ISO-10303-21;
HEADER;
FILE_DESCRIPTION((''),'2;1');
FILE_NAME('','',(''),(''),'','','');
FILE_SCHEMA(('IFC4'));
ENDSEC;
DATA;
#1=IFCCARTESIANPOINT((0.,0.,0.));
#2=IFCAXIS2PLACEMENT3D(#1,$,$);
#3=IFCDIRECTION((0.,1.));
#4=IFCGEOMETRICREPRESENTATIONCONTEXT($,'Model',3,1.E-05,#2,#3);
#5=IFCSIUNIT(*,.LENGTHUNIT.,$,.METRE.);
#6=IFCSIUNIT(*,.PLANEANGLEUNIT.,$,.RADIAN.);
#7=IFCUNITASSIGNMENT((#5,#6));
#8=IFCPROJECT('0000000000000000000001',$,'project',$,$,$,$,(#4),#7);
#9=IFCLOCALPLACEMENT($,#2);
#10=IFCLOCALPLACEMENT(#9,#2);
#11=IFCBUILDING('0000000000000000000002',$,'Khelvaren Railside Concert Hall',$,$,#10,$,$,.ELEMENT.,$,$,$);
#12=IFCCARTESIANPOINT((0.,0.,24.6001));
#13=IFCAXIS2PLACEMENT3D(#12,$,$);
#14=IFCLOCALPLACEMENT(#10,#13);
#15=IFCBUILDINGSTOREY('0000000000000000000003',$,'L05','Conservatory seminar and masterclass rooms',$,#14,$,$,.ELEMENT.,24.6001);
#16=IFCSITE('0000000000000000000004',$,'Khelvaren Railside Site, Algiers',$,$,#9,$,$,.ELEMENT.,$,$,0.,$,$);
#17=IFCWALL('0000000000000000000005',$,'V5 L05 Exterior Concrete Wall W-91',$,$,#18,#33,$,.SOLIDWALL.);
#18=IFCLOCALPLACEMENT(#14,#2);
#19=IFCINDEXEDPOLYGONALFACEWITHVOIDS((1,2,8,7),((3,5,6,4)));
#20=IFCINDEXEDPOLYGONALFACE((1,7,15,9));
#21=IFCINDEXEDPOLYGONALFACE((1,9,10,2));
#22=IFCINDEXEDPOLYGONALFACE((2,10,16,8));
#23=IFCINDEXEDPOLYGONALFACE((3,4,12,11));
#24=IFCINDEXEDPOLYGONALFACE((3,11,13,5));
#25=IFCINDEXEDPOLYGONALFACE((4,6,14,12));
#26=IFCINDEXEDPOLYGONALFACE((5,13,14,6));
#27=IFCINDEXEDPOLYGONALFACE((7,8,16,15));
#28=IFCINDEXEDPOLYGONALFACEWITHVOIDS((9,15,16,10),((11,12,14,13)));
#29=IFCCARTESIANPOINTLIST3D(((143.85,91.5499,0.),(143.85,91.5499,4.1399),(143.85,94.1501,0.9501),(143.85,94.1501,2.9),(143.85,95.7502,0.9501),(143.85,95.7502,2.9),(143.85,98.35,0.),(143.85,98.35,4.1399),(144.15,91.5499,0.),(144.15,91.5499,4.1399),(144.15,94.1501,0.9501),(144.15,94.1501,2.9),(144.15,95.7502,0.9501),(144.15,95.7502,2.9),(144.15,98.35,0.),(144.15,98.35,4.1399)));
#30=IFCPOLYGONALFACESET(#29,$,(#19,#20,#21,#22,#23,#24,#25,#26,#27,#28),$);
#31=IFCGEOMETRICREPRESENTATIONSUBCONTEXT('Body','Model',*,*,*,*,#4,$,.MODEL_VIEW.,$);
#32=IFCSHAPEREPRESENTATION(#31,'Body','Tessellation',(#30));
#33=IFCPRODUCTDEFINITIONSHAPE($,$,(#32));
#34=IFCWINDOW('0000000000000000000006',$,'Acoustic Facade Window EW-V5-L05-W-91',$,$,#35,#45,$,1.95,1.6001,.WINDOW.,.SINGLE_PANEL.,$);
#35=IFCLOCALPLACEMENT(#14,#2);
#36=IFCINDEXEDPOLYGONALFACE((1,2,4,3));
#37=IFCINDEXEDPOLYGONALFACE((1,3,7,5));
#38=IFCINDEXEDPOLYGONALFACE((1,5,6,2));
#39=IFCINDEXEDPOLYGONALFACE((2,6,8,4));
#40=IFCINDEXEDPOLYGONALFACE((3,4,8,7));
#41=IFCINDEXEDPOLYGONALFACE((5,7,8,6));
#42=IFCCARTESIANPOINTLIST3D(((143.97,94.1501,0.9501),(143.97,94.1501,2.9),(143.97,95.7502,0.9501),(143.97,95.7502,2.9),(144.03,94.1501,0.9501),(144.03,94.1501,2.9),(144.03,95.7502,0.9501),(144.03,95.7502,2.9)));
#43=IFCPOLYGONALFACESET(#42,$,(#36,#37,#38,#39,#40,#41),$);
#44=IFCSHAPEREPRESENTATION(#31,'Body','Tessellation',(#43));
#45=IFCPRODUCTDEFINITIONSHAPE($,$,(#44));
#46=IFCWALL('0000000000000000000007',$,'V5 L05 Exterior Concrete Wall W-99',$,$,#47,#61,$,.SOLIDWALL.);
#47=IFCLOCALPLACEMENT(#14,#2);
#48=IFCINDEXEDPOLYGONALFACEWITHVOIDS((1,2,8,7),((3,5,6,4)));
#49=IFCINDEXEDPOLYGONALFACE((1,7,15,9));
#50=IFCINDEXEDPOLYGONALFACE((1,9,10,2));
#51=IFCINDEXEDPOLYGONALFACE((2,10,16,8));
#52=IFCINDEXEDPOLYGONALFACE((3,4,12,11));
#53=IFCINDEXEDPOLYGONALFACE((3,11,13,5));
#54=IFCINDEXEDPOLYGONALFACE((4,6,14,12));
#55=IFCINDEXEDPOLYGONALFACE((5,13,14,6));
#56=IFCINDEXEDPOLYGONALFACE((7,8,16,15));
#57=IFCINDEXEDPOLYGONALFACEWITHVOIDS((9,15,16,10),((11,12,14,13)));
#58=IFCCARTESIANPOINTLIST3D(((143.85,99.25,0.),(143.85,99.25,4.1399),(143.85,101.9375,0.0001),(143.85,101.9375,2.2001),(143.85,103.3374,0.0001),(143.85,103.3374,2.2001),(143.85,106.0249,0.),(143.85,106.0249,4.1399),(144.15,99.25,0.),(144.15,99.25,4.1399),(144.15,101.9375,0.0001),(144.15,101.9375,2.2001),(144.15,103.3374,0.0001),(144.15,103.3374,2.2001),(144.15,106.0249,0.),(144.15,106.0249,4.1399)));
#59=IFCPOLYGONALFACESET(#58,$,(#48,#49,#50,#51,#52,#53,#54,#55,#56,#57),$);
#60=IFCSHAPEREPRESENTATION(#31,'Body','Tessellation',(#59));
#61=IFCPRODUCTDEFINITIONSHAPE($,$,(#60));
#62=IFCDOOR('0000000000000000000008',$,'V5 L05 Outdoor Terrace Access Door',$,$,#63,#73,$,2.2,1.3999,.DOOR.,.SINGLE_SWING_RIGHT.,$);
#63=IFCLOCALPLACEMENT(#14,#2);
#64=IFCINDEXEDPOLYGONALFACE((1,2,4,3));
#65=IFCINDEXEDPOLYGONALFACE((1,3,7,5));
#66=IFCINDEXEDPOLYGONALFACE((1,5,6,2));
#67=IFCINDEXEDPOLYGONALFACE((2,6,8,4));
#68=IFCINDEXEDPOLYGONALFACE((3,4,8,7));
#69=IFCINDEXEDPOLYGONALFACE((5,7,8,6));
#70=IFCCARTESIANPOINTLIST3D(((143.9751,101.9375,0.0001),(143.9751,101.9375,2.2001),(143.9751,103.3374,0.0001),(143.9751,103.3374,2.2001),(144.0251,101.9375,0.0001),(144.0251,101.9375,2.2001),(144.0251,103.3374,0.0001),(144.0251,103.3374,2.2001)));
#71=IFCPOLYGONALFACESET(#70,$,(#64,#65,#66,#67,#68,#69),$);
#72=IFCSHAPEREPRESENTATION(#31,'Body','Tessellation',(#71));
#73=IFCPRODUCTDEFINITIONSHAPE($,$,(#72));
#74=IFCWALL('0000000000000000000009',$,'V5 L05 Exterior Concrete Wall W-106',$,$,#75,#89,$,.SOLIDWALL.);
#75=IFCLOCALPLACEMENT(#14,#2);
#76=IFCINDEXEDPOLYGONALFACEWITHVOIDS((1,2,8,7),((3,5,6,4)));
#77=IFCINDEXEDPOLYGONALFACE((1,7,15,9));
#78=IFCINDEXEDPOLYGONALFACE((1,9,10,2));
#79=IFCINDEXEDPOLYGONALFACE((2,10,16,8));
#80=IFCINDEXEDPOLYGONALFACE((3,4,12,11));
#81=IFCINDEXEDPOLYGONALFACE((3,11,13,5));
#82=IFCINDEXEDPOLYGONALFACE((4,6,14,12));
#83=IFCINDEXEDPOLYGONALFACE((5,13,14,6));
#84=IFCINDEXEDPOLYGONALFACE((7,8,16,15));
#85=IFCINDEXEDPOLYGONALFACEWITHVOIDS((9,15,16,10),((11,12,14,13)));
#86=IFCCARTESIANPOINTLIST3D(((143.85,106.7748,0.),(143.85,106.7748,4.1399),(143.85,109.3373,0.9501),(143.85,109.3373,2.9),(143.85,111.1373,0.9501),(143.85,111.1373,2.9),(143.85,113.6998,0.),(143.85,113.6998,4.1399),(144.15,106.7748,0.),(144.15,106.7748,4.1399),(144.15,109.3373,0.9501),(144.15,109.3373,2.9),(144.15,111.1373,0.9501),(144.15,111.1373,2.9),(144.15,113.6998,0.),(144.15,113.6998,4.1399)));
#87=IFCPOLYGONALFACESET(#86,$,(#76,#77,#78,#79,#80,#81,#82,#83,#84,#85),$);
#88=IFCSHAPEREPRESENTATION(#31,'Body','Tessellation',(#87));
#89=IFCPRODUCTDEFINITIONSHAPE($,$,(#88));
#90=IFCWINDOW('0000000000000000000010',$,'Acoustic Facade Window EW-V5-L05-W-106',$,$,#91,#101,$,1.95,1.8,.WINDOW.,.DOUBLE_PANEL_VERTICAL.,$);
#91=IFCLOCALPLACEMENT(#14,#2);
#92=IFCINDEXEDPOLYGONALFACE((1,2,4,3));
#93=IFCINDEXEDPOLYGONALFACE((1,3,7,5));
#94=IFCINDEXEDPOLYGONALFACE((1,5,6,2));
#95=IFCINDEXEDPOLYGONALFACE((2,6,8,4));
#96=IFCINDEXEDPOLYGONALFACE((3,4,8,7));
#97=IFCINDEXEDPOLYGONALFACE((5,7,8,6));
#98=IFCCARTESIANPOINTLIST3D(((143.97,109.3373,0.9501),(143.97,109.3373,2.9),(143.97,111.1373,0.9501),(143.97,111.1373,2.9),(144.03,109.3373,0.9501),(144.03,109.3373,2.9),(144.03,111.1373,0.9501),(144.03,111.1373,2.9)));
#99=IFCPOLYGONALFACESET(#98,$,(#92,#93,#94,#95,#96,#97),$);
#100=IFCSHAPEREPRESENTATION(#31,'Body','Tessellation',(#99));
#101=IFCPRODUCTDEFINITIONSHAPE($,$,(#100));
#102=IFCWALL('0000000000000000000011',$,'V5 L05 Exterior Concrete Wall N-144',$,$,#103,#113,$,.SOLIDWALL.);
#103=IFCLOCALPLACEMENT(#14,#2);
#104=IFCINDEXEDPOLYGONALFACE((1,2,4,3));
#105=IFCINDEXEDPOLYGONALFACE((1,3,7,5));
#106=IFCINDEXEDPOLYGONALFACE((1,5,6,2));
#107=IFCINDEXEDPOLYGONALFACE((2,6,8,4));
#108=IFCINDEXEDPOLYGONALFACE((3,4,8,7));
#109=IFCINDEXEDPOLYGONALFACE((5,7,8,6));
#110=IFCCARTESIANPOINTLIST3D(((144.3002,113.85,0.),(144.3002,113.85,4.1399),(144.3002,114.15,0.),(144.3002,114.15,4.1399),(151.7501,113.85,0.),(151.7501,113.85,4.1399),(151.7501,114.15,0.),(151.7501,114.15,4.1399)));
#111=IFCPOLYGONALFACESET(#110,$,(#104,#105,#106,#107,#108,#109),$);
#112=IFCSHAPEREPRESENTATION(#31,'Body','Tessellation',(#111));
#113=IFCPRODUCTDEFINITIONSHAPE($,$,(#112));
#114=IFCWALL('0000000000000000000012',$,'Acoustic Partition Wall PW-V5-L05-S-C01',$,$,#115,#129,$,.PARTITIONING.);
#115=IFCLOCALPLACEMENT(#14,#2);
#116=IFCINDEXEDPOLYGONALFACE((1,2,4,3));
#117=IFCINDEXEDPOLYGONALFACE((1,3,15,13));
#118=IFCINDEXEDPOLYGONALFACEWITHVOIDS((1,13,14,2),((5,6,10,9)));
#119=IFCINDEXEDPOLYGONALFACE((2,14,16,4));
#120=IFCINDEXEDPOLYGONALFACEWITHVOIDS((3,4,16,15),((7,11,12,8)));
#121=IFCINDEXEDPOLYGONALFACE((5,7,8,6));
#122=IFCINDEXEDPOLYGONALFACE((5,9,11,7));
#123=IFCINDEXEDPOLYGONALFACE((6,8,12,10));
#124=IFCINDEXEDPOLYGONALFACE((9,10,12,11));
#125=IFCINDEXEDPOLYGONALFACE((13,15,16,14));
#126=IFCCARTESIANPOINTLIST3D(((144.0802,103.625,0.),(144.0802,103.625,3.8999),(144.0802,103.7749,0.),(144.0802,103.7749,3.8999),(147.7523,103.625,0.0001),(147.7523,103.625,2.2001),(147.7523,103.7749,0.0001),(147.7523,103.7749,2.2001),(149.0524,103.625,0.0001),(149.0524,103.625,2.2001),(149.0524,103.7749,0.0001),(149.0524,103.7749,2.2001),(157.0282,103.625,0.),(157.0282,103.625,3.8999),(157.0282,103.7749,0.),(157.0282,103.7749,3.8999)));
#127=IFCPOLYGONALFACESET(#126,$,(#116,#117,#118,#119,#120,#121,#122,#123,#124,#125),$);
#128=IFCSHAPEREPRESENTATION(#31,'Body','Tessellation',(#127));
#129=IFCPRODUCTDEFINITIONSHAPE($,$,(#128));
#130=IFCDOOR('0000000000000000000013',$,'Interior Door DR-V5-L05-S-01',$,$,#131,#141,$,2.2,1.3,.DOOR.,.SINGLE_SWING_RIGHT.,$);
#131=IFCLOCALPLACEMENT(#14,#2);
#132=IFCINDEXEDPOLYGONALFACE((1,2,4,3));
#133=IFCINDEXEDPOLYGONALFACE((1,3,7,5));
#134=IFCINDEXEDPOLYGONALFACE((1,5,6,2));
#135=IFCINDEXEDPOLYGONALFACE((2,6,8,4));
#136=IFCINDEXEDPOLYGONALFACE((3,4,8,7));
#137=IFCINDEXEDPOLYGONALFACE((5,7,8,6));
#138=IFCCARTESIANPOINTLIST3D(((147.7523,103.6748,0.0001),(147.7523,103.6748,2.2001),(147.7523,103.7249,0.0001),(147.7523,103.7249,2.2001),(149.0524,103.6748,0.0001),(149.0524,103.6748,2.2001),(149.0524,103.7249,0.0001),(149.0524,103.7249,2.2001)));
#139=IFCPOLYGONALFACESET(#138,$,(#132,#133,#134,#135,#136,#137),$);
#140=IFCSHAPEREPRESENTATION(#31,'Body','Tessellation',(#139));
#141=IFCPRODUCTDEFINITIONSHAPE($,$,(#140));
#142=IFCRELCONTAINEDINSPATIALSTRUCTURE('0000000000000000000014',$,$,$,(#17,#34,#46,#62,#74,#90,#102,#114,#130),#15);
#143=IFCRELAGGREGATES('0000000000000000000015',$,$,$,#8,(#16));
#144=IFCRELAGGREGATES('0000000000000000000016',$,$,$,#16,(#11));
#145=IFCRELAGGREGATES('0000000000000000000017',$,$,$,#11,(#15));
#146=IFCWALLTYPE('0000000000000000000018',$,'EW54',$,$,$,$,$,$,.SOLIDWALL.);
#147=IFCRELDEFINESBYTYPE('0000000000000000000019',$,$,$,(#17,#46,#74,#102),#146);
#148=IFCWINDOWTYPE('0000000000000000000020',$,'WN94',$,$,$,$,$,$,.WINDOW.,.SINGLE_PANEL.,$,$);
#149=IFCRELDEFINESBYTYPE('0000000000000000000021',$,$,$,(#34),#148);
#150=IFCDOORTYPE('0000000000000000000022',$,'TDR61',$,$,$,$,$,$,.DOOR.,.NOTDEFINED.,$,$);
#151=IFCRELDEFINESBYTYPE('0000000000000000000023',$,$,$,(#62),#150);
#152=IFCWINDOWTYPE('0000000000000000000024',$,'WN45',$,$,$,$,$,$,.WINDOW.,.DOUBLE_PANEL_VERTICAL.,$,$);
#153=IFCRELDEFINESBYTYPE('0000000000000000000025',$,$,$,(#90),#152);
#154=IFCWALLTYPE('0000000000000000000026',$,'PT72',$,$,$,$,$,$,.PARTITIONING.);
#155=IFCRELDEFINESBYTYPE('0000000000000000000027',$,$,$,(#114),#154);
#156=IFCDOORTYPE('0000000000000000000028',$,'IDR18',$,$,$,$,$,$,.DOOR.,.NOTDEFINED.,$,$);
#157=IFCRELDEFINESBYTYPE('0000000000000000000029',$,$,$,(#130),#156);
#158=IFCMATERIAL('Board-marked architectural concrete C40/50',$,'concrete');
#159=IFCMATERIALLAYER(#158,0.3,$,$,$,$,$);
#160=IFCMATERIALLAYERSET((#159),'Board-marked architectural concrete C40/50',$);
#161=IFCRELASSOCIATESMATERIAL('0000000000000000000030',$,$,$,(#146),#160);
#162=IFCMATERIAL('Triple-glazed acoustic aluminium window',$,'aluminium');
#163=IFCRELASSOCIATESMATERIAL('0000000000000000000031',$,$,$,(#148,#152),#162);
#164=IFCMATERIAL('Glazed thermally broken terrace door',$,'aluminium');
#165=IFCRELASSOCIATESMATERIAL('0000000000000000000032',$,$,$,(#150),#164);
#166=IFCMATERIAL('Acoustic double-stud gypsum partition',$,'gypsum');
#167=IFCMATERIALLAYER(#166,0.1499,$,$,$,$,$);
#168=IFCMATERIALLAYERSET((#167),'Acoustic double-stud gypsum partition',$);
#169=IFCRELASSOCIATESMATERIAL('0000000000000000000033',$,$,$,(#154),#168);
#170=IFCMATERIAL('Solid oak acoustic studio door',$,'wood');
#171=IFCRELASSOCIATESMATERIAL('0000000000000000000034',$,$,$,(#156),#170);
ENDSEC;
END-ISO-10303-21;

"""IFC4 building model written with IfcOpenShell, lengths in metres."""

from ifc_helpers import new_model, si_unit, direction, frame, frame_2d, origin, place, context, subcontext, project, spatial, rectangle, extrude, material, layer, layer_set, type_object, element, fill, save


model = new_model("IFC4")

# Units and contexts
model_context = context("Model", 3, precision=1e-05, world=origin(), true_north=direction((0.0, 1.0)))
body_context = subcontext(model_context, "Body", "Model", "MODEL_VIEW")
ifc_project = project(units=[si_unit("LENGTHUNIT", "METRE"), si_unit("PLANEANGLEUNIT", "RADIAN")], contexts=[model_context])

# Site, building, storey
site_placement = place(None, origin())
site = spatial("IfcSite", under=ifc_project, at=site_placement, Name="Khelvaren Railside Site, Algiers", CompositionType="ELEMENT", RefElevation=0.0)
building_placement = place(site_placement, origin())
building = spatial("IfcBuilding", under=site, at=building_placement, Name="Khelvaren Railside Concert Hall", CompositionType="ELEMENT")
storey_placement = place(building_placement, frame((0.0, 0.0, 24.6001)))
storey = spatial("IfcBuildingStorey", under=building, at=storey_placement, Name="L05", Description="Conservatory seminar and masterclass rooms", CompositionType="ELEMENT", Elevation=24.6001)

# Wall, opening, window
ifc_material_1 = material(Name="Board-marked architectural concrete C40/50", Category="concrete")
ifc_layer_1 = layer(ifc_material_1, 0.3)
ifc_layer_set_1 = layer_set([ifc_layer_1], Name="Board-marked architectural concrete C40/50")
wall_type_1 = type_object("IfcWallType", Name="EW54", PredefinedType="SOLIDWALL", material=ifc_layer_set_1)
wall_1_placement = place(storey_placement, frame((144.0, 91.55, 0.0), z_axis=(0.0, 0.0, 1.0), x_axis=(0.0, 1.0, 0.0)))
wall_1 = element("IfcWall", 1, at=wall_1_placement, inside=storey, type_object=wall_type_1, Name="V5 L05 Exterior Concrete Wall W-91", PredefinedType="SOLIDWALL", context=body_context, shape_type="SweptSolid", body=[
    extrude(rectangle(XDim=6.8, YDim=0.3, at=frame_2d((3.3999, 0.0))), origin(), (0.0, 0.0, 1.0), 4.1399),
])
opening_1_placement = place(wall_1_placement, frame((2.6001, 0.0, 0.95)))
opening_1 = element("IfcOpeningElement", 2, at=opening_1_placement, cuts=wall_1, PredefinedType="OPENING", context=body_context, shape_type="SweptSolid", body=[
    extrude(rectangle(XDim=1.6001, YDim=1.95, at=frame_2d((0.8, 0.9751))), frame((0.0, 0.1599, 0.0), z_axis=(0.0, -1.0, 0.0), x_axis=(1.0, 0.0, 0.0)), (0.0, 0.0, 1.0), 0.3201),
])
ifc_material_2 = material(Name="Triple-glazed acoustic aluminium window", Category="aluminium")
window_type_1 = type_object("IfcWindowType", Name="WN94", PartitioningType="SINGLE_PANEL", PredefinedType="WINDOW", material=ifc_material_2)
window_1_placement = place(opening_1_placement, origin())
window_1 = element("IfcWindow", 3, at=window_1_placement, inside=storey, type_object=window_type_1, Name="Acoustic Facade Window EW-V5-L05-W-91", OverallHeight=1.95, OverallWidth=1.6001, PartitioningType="SINGLE_PANEL", PredefinedType="WINDOW", context=body_context, shape_type="SweptSolid", body=[
    extrude(rectangle(XDim=1.6001, YDim=1.95, at=frame_2d((0.8, 0.9751))), frame((0.0, 0.03, 0.0), z_axis=(0.0, -1.0, 0.0), x_axis=(1.0, 0.0, 0.0)), (0.0, 0.0, 1.0), 0.0601),
])
fill(opening_1, window_1)

# Wall, opening, door
wall_2_placement = place(storey_placement, frame((144.0, 99.25, 0.0), z_axis=(0.0, 0.0, 1.0), x_axis=(0.0, 1.0, 0.0)))
wall_2 = element("IfcWall", 4, at=wall_2_placement, inside=storey, type_object=wall_type_1, Name="V5 L05 Exterior Concrete Wall W-99", PredefinedType="SOLIDWALL", context=body_context, shape_type="SweptSolid", body=[
    extrude(rectangle(XDim=6.7749, YDim=0.3, at=frame_2d((3.3875, 0.0))), origin(), (0.0, 0.0, 1.0), 4.1399),
])
opening_2_placement = place(wall_2_placement, frame((2.6875, 0.0, 0.0)))
opening_2 = element("IfcOpeningElement", 5, at=opening_2_placement, cuts=wall_2, PredefinedType="OPENING", context=body_context, shape_type="SweptSolid", body=[
    extrude(rectangle(XDim=1.3999, YDim=2.2, at=frame_2d((0.7, 1.1001))), frame((0.0, 0.1599, 0.0), z_axis=(0.0, -1.0, 0.0), x_axis=(1.0, 0.0, 0.0)), (0.0, 0.0, 1.0), 0.3201),
])
ifc_material_3 = material(Name="Glazed thermally broken terrace door", Category="aluminium")
door_type_1 = type_object("IfcDoorType", Name="TDR61", OperationType="NOTDEFINED", PredefinedType="DOOR", material=ifc_material_3)
door_1_placement = place(opening_2_placement, origin())
door_1 = element("IfcDoor", 6, at=door_1_placement, inside=storey, type_object=door_type_1, Name="V5 L05 Outdoor Terrace Access Door", OperationType="SINGLE_SWING_RIGHT", OverallHeight=2.2, OverallWidth=1.3999, PredefinedType="DOOR", context=body_context, shape_type="SweptSolid", body=[
    extrude(rectangle(XDim=1.3999, YDim=2.2, at=frame_2d((0.7, 1.1001))), frame((0.0, 0.0249, 0.0), z_axis=(0.0, -1.0, 0.0), x_axis=(1.0, 0.0, 0.0)), (0.0, 0.0, 1.0), 0.05),
])
fill(opening_2, door_1)

# Wall, opening, window
wall_3_placement = place(storey_placement, frame((144.0, 106.7749, 0.0), z_axis=(0.0, 0.0, 1.0), x_axis=(0.0, 1.0, 0.0)))
wall_3 = element("IfcWall", 7, at=wall_3_placement, inside=storey, type_object=wall_type_1, Name="V5 L05 Exterior Concrete Wall W-106", PredefinedType="SOLIDWALL", context=body_context, shape_type="SweptSolid", body=[
    extrude(rectangle(XDim=6.925, YDim=0.3, at=frame_2d((3.4624, 0.0))), origin(), (0.0, 0.0, 1.0), 4.1399),
])
opening_3_placement = place(wall_3_placement, frame((2.5625, 0.0, 0.95)))
opening_3 = element("IfcOpeningElement", 8, at=opening_3_placement, cuts=wall_3, PredefinedType="OPENING", context=body_context, shape_type="SweptSolid", body=[
    extrude(rectangle(XDim=1.8, YDim=1.95, at=frame_2d((0.8999, 0.9751))), frame((0.0, 0.1599, 0.0), z_axis=(0.0, -1.0, 0.0), x_axis=(1.0, 0.0, 0.0)), (0.0, 0.0, 1.0), 0.3201),
])
window_type_2 = type_object("IfcWindowType", Name="WN45", PartitioningType="DOUBLE_PANEL_VERTICAL", PredefinedType="WINDOW", material=ifc_material_2)
window_2_placement = place(opening_3_placement, origin())
window_2 = element("IfcWindow", 9, at=window_2_placement, inside=storey, type_object=window_type_2, Name="Acoustic Facade Window EW-V5-L05-W-106", OverallHeight=1.95, OverallWidth=1.8, PartitioningType="DOUBLE_PANEL_VERTICAL", PredefinedType="WINDOW", context=body_context, shape_type="SweptSolid", body=[
    extrude(rectangle(XDim=1.8, YDim=1.95, at=frame_2d((0.8999, 0.9751))), frame((0.0, 0.03, 0.0), z_axis=(0.0, -1.0, 0.0), x_axis=(1.0, 0.0, 0.0)), (0.0, 0.0, 1.0), 0.0601),
])
fill(opening_3, window_2)

# Wall
wall_4_placement = place(storey_placement, frame((144.3, 114.0, 0.0), z_axis=(0.0, 0.0, 1.0), x_axis=(1.0, 0.0, 0.0)))
element("IfcWall", 10, at=wall_4_placement, inside=storey, type_object=wall_type_1, Name="V5 L05 Exterior Concrete Wall N-144", PredefinedType="SOLIDWALL", context=body_context, shape_type="SweptSolid", body=[
    extrude(rectangle(XDim=7.45, YDim=0.3, at=frame_2d((3.7251, 0.0))), origin(), (0.0, 0.0, 1.0), 4.1399),
])

# Wall, opening, door
ifc_material_4 = material(Name="Acoustic double-stud gypsum partition", Category="gypsum")
ifc_layer_2 = layer(ifc_material_4, 0.1499)
ifc_layer_set_2 = layer_set([ifc_layer_2], Name="Acoustic double-stud gypsum partition")
wall_type_2 = type_object("IfcWallType", Name="PT72", PredefinedType="PARTITIONING", material=ifc_layer_set_2)
wall_5_placement = place(storey_placement, frame((144.0801, 103.7, 0.0), z_axis=(0.0, 0.0, 1.0), x_axis=(1.0, 0.0, 0.0)))
wall_5 = element("IfcWall", 11, at=wall_5_placement, inside=storey, type_object=wall_type_2, Name="Acoustic Partition Wall PW-V5-L05-S-C01", PredefinedType="PARTITIONING", context=body_context, shape_type="SweptSolid", body=[
    extrude(rectangle(XDim=12.948, YDim=0.1499, at=frame_2d((6.4741, 0.0))), origin(), (0.0, 0.0, 1.0), 3.8999),
])
opening_4_placement = place(wall_5_placement, frame((3.6724, 0.0, 0.0)))
opening_4 = element("IfcOpeningElement", 12, at=opening_4_placement, cuts=wall_5, PredefinedType="OPENING", context=body_context, shape_type="SweptSolid", body=[
    extrude(rectangle(XDim=1.3, YDim=2.2, at=frame_2d((0.6499, 1.1001))), frame((0.0, 0.085, 0.0), z_axis=(0.0, -1.0, 0.0), x_axis=(1.0, 0.0, 0.0)), (0.0, 0.0, 1.0), 0.1699),
])
ifc_material_5 = material(Name="Solid oak acoustic studio door", Category="wood")
door_type_2 = type_object("IfcDoorType", Name="IDR18", OperationType="NOTDEFINED", PredefinedType="DOOR", material=ifc_material_5)
door_2_placement = place(opening_4_placement, origin())
door_2 = element("IfcDoor", 13, at=door_2_placement, inside=storey, type_object=door_type_2, Name="Interior Door DR-V5-L05-S-01", OperationType="SINGLE_SWING_RIGHT", OverallHeight=2.2, OverallWidth=1.3, PredefinedType="DOOR", context=body_context, shape_type="SweptSolid", body=[
    extrude(rectangle(XDim=1.3, YDim=2.2, at=frame_2d((0.6499, 1.1001))), frame((0.0, 0.0249, 0.0), z_axis=(0.0, -1.0, 0.0), x_axis=(1.0, 0.0, 0.0)), (0.0, 0.0, 1.0), 0.05),
])
fill(opening_4, door_2)

save(model, "model.ifc")
